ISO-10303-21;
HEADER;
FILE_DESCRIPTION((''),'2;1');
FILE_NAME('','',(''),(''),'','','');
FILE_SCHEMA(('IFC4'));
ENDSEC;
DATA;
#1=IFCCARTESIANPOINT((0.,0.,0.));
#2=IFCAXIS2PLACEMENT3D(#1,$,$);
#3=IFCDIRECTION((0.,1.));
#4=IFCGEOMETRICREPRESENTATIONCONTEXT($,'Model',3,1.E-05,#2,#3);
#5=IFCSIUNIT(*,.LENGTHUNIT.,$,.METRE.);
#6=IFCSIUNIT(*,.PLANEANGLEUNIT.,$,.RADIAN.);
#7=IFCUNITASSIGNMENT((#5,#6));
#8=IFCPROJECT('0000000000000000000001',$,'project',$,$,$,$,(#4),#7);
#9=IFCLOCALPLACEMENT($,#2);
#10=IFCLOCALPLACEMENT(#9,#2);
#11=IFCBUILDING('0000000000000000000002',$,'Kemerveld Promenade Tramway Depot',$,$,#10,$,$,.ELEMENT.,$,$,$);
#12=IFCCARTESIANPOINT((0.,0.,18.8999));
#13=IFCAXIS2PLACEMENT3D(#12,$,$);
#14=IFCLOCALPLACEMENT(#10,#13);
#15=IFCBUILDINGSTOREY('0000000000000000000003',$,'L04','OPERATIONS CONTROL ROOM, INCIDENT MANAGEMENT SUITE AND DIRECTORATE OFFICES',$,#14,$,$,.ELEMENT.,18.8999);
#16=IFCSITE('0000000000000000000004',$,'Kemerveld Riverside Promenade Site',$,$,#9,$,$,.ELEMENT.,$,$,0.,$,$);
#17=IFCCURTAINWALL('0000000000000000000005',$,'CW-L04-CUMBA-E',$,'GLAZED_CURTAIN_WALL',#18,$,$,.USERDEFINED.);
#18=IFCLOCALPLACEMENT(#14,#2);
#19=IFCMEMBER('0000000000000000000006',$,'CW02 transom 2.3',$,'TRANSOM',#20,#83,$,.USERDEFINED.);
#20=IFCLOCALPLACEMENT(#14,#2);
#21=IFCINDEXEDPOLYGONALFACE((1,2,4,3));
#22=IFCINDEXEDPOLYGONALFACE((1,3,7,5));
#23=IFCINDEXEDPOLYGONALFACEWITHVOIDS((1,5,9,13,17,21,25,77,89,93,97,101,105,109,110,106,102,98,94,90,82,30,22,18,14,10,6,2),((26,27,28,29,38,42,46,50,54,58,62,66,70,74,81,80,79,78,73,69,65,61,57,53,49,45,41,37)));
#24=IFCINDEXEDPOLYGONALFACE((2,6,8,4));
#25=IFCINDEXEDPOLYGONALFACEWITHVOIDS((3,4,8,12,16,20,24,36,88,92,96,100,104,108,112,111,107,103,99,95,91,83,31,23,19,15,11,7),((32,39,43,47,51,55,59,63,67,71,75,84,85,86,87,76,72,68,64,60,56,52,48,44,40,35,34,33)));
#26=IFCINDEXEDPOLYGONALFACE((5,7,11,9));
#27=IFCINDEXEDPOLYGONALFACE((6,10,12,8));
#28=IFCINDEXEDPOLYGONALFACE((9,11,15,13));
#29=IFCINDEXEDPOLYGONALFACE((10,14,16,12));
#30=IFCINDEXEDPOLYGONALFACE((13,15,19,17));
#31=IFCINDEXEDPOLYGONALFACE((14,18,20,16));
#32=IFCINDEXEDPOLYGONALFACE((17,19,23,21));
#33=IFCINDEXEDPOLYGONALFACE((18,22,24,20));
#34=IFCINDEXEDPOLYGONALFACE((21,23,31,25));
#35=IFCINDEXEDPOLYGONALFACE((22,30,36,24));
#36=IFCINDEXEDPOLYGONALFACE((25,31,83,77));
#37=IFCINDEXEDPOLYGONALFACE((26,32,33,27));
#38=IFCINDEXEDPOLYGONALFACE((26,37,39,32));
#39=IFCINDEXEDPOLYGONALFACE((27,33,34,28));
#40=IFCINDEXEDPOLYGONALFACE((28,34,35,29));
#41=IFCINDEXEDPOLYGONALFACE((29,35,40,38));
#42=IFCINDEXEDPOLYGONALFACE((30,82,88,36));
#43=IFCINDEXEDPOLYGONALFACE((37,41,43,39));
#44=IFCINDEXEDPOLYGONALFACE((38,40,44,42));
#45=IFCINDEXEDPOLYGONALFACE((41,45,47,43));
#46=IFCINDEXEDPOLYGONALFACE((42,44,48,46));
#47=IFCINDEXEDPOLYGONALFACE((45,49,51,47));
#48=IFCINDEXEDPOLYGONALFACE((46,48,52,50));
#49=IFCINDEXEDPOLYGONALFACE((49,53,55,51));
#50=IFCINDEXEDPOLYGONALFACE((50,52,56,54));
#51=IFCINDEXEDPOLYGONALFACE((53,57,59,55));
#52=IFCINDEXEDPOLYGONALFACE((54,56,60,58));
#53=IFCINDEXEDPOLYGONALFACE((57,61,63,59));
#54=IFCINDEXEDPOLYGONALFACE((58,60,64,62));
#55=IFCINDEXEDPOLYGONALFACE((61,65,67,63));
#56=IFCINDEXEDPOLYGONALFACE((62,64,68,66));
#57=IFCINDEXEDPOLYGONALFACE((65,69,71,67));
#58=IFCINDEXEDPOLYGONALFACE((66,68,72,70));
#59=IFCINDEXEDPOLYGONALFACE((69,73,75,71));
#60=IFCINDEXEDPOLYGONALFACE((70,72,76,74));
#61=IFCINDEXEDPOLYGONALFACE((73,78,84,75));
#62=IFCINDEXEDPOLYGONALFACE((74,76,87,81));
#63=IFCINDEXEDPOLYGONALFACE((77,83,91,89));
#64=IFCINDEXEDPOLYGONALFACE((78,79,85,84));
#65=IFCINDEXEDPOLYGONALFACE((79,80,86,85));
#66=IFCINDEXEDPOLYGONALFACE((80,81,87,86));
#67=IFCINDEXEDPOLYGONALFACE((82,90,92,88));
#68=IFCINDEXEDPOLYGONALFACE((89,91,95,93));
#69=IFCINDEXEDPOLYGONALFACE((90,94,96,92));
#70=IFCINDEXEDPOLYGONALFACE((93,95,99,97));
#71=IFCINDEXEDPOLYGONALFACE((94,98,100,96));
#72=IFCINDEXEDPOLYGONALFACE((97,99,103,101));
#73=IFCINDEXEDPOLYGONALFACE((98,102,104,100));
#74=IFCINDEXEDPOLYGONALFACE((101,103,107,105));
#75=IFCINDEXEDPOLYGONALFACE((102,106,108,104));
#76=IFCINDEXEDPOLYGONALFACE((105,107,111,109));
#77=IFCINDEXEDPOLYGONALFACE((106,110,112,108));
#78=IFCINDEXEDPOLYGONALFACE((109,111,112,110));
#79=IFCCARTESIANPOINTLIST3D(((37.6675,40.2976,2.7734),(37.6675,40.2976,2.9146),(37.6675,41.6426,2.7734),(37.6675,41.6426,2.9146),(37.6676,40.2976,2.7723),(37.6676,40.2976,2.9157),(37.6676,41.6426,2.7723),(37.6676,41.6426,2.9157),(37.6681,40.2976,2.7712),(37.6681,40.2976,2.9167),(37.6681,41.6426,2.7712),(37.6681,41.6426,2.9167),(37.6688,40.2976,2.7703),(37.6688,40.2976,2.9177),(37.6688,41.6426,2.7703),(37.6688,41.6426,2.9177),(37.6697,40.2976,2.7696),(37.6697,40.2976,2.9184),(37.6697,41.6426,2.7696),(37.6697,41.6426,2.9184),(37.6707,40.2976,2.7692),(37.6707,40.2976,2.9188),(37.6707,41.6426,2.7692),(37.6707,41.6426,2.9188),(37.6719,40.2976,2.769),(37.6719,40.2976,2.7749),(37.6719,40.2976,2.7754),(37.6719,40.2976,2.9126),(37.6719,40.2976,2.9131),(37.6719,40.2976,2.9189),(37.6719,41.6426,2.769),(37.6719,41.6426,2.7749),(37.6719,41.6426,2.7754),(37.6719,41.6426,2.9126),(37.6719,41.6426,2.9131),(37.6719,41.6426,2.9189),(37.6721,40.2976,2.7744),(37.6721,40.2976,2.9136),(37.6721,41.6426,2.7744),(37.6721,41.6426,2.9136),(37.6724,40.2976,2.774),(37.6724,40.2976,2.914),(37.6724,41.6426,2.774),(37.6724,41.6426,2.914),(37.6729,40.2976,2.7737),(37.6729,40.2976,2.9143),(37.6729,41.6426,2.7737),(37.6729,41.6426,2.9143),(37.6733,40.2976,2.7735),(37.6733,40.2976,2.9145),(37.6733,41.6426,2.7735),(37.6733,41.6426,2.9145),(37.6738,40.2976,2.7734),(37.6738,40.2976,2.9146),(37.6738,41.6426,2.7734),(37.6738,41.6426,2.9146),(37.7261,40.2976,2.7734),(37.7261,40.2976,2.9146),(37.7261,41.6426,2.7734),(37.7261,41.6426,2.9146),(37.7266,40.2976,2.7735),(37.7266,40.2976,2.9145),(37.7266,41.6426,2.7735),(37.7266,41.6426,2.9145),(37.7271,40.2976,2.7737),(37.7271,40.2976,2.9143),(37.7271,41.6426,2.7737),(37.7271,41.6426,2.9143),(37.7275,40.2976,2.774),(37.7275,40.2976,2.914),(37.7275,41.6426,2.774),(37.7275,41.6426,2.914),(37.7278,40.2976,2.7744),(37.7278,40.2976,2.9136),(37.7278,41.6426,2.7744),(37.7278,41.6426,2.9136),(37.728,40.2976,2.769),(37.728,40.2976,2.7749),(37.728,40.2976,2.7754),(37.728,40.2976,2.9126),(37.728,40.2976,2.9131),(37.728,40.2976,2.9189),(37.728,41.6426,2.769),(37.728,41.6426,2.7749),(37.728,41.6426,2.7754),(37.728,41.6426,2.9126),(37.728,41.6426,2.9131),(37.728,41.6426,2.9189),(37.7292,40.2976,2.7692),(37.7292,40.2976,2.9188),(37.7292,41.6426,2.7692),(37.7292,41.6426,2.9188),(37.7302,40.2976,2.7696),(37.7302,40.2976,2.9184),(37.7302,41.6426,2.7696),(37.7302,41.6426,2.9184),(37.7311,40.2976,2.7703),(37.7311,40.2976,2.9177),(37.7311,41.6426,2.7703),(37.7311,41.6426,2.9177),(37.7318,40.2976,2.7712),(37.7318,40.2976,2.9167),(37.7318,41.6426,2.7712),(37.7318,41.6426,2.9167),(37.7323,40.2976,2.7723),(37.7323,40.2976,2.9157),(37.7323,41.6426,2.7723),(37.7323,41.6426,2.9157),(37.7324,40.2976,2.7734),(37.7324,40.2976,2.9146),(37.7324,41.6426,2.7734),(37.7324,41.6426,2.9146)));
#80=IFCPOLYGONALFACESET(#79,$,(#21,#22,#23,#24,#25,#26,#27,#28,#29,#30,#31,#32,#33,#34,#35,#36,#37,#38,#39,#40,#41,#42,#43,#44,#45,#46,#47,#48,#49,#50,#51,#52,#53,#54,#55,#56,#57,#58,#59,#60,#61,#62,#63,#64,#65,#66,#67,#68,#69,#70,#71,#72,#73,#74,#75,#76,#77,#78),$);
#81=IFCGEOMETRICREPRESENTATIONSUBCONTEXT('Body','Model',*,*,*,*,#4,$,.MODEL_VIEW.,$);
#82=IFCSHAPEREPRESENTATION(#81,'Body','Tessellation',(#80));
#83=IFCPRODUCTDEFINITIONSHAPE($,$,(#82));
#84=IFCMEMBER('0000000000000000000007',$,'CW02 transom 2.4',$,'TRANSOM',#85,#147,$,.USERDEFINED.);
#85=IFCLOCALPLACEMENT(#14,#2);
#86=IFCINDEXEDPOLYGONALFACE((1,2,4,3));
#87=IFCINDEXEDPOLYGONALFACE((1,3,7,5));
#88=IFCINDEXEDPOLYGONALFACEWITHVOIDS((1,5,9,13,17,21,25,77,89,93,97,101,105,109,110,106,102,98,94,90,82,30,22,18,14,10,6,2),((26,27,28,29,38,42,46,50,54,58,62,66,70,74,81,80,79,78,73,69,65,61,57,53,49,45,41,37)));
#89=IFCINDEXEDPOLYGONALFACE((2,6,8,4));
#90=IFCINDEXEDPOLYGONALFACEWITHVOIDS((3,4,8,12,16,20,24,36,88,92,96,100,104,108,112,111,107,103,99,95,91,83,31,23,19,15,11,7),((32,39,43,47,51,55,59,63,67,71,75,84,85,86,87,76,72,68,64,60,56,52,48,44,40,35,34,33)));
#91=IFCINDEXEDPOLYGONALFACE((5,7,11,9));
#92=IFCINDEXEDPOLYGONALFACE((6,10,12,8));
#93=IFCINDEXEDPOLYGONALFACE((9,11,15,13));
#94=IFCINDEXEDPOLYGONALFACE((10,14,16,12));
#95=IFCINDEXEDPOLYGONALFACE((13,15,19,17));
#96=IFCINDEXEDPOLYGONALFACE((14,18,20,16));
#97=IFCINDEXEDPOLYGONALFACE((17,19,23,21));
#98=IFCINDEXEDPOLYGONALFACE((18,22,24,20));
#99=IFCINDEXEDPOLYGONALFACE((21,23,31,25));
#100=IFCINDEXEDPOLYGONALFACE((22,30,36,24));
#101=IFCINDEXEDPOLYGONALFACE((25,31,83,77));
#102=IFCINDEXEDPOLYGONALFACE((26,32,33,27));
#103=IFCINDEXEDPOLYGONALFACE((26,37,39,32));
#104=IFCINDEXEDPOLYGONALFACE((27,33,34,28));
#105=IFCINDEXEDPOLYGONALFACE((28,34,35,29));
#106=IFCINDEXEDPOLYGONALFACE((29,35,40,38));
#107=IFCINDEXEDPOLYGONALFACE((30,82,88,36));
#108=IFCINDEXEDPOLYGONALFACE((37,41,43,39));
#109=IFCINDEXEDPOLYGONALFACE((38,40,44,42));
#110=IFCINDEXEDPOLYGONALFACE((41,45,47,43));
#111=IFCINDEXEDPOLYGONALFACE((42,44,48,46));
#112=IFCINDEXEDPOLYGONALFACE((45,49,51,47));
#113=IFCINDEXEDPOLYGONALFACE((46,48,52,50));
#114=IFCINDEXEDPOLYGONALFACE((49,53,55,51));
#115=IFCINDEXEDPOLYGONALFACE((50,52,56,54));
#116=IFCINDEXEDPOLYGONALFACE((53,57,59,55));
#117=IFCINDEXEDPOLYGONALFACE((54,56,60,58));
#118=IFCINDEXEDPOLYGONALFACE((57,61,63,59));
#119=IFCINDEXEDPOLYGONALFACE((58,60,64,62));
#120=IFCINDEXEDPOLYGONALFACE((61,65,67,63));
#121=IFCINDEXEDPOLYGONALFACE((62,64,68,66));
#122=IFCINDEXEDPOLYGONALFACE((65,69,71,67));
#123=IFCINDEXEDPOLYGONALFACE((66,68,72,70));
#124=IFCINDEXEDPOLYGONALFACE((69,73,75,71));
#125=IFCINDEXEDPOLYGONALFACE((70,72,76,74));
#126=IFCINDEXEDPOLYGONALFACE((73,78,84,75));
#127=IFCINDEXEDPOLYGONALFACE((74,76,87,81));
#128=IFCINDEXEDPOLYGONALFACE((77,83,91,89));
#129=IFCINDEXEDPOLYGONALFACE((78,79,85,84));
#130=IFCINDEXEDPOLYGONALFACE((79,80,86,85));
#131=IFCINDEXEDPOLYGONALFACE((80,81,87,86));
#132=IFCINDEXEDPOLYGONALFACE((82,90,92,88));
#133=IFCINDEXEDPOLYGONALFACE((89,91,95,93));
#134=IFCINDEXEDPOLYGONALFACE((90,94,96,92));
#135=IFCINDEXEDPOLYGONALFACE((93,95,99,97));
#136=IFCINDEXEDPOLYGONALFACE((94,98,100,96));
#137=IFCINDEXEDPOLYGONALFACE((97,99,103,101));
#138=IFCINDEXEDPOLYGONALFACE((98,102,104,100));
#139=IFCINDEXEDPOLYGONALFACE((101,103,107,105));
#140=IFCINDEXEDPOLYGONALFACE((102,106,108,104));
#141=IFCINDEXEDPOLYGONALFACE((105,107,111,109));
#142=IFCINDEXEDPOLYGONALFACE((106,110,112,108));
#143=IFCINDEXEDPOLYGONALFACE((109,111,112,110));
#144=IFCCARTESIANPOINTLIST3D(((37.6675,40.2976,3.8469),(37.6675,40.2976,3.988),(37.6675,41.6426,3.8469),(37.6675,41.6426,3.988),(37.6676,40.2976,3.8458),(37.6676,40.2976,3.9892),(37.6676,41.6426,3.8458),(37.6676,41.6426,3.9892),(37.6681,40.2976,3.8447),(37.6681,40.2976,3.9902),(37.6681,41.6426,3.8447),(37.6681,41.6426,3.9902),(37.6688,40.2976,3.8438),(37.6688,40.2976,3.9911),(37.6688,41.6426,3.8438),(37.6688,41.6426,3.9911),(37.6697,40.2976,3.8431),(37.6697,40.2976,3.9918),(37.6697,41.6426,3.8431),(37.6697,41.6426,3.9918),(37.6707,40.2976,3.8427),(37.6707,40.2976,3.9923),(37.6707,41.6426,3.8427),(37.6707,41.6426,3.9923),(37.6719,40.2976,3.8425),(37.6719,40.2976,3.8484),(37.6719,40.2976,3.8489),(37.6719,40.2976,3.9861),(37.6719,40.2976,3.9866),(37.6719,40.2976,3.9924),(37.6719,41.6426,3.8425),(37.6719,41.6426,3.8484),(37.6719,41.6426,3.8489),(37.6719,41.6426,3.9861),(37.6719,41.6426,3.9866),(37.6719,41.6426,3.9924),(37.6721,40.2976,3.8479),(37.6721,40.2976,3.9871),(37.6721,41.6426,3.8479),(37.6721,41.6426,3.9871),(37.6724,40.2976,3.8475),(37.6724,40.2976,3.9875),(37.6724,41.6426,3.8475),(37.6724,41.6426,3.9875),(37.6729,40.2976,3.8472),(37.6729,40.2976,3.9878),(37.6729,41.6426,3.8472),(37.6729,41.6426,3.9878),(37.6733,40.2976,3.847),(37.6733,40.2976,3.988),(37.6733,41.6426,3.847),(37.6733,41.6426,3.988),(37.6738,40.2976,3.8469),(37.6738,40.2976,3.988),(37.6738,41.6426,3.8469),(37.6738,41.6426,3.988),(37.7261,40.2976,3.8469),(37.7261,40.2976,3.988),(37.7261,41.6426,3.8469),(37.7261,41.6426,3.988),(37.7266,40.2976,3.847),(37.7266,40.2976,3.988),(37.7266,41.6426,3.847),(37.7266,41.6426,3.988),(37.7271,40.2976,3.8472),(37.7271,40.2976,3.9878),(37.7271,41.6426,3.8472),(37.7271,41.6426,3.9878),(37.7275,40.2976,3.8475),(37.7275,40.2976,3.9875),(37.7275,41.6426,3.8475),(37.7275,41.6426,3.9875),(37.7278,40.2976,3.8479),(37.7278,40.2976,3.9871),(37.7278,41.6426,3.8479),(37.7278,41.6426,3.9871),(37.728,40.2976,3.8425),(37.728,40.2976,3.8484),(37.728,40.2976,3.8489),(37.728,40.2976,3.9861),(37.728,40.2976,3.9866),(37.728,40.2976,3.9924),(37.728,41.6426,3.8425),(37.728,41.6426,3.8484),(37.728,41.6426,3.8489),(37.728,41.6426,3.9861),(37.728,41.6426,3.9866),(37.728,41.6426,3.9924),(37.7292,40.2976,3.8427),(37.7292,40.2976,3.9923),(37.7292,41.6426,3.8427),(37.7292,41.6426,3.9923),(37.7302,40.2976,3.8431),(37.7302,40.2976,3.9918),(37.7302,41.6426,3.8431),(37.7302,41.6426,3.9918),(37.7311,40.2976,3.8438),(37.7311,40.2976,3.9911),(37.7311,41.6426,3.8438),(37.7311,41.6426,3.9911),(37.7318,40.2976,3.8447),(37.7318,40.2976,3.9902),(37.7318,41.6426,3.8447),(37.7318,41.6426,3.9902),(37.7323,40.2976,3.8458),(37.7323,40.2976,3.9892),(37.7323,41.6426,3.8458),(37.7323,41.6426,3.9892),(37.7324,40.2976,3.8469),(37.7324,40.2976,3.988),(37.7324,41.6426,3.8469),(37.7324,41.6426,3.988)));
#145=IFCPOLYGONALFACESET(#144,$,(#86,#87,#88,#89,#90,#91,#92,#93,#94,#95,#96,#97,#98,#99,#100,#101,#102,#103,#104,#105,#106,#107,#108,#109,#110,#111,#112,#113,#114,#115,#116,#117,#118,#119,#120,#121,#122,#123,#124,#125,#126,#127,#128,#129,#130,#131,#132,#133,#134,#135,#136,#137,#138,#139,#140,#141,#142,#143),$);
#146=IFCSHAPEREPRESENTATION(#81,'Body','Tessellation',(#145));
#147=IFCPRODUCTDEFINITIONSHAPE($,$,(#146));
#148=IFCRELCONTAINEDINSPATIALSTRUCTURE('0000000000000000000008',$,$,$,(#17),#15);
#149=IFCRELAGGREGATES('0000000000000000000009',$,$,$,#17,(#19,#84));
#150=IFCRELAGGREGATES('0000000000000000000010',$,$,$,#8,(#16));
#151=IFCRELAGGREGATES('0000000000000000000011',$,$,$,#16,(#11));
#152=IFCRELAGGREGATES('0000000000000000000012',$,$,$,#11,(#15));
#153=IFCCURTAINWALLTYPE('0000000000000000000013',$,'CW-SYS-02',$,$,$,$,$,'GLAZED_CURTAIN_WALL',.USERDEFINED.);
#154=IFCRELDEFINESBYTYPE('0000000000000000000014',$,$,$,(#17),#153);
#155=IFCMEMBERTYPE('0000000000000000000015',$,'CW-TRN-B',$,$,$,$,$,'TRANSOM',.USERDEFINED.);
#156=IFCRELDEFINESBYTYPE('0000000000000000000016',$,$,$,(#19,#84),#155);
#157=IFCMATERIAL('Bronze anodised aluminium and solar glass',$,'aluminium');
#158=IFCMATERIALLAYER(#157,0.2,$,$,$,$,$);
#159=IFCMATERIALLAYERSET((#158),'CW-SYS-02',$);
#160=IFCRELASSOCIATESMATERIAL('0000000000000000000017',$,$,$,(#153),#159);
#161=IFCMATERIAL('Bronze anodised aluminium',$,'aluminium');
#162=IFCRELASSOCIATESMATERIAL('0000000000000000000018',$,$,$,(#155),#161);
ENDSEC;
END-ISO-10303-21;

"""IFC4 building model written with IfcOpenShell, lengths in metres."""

from ifc_helpers import new_model, si_unit, direction, frame, origin, origin_2d, place, context, subcontext, project, spatial, hollow_rectangle, extrude, material, layer, layer_set, material_profile, profile_set, type_object, element, aggregate, save


model = new_model("IFC4")

# Units and contexts
model_context = context("Model", 3, precision=1e-05, world=origin(), true_north=direction((0.0, 1.0)))
body_context = subcontext(model_context, "Body", "Model", "MODEL_VIEW")
ifc_project = project(units=[si_unit("LENGTHUNIT", "METRE"), si_unit("PLANEANGLEUNIT", "RADIAN")], contexts=[model_context])

# Site, building, storey
site_placement = place(None, origin())
site = spatial("IfcSite", under=ifc_project, at=site_placement, Name="Kemerveld Riverside Promenade Site", CompositionType="ELEMENT", RefElevation=0.0)
building_placement = place(site_placement, origin())
building = spatial("IfcBuilding", under=site, at=building_placement, Name="Kemerveld Promenade Tramway Depot", CompositionType="ELEMENT")
storey_placement = place(building_placement, frame((0.0, 0.0, 18.8999)))
storey = spatial("IfcBuildingStorey", under=building, at=storey_placement, Name="L04", Description="OPERATIONS CONTROL ROOM, INCIDENT MANAGEMENT SUITE AND DIRECTORATE OFFICES", CompositionType="ELEMENT", Elevation=18.8999)

# Curtain wall, members
ifc_material_1 = material(Name="Bronze anodised aluminium and solar glass", Category="aluminium")
ifc_layer_1 = layer(ifc_material_1, 0.2)
ifc_layer_set_1 = layer_set([ifc_layer_1], Name="CW-SYS-02")
curtain_wall_type = type_object("IfcCurtainWallType", Name="CW-SYS-02", ElementType="GLAZED_CURTAIN_WALL", PredefinedType="USERDEFINED", material=ifc_layer_set_1)
curtain_wall_placement = place(storey_placement, origin())
curtain_wall = element("IfcCurtainWall", 1, at=curtain_wall_placement, inside=storey, type_object=curtain_wall_type, Name="CW-L04-CUMBA-E", ObjectType="GLAZED_CURTAIN_WALL", PredefinedType="USERDEFINED")
ifc_material_2 = material(Name="Bronze anodised aluminium", Category="aluminium")
ifc_material_profile_1 = material_profile(ifc_material_2, hollow_rectangle(XDim=0.0649, YDim=0.1499, WallThickness=0.0044, InnerFilletRadius=0.002, OuterFilletRadius=0.0044, at=origin_2d()), Name="CW-TRN-150x65")
ifc_profile_set_1 = profile_set([ifc_material_profile_1], Name="Bronze anodised aluminium")
member_type_1 = type_object("IfcMemberType", Name="CW-TRN-B", ElementType="TRANSOM", PredefinedType="USERDEFINED", material=ifc_profile_set_1)
member_1_placement = place(storey_placement, frame((37.7, 41.6426, 2.844), z_axis=(0.0, -1.0, 0.0), x_axis=(1.0, 0.0, 0.0)))
member_1 = element("IfcMember", 2, at=member_1_placement, type_object=member_type_1, Name="CW02 transom 2.3", ObjectType="TRANSOM", PredefinedType="USERDEFINED", context=body_context, shape_type="SweptSolid", body=[
    extrude(hollow_rectangle(XDim=0.0649, YDim=0.1499, WallThickness=0.0044, InnerFilletRadius=0.002, OuterFilletRadius=0.0044, at=origin_2d()), origin(), (0.0, 0.0, 1.0), 1.345),
])
member_2_placement = place(storey_placement, frame((37.7, 41.6426, 3.9175), z_axis=(0.0, -1.0, 0.0), x_axis=(1.0, 0.0, 0.0)))
member_2 = element("IfcMember", 3, at=member_2_placement, type_object=member_type_1, Name="CW02 transom 2.4", ObjectType="TRANSOM", PredefinedType="USERDEFINED", context=body_context, shape_type="SweptSolid", body=[
    extrude(hollow_rectangle(XDim=0.0649, YDim=0.1499, WallThickness=0.0044, InnerFilletRadius=0.002, OuterFilletRadius=0.0044, at=origin_2d()), origin(), (0.0, 0.0, 1.0), 1.345),
])
aggregate(curtain_wall, [member_1, member_2])

save(model, "model.ifc")
